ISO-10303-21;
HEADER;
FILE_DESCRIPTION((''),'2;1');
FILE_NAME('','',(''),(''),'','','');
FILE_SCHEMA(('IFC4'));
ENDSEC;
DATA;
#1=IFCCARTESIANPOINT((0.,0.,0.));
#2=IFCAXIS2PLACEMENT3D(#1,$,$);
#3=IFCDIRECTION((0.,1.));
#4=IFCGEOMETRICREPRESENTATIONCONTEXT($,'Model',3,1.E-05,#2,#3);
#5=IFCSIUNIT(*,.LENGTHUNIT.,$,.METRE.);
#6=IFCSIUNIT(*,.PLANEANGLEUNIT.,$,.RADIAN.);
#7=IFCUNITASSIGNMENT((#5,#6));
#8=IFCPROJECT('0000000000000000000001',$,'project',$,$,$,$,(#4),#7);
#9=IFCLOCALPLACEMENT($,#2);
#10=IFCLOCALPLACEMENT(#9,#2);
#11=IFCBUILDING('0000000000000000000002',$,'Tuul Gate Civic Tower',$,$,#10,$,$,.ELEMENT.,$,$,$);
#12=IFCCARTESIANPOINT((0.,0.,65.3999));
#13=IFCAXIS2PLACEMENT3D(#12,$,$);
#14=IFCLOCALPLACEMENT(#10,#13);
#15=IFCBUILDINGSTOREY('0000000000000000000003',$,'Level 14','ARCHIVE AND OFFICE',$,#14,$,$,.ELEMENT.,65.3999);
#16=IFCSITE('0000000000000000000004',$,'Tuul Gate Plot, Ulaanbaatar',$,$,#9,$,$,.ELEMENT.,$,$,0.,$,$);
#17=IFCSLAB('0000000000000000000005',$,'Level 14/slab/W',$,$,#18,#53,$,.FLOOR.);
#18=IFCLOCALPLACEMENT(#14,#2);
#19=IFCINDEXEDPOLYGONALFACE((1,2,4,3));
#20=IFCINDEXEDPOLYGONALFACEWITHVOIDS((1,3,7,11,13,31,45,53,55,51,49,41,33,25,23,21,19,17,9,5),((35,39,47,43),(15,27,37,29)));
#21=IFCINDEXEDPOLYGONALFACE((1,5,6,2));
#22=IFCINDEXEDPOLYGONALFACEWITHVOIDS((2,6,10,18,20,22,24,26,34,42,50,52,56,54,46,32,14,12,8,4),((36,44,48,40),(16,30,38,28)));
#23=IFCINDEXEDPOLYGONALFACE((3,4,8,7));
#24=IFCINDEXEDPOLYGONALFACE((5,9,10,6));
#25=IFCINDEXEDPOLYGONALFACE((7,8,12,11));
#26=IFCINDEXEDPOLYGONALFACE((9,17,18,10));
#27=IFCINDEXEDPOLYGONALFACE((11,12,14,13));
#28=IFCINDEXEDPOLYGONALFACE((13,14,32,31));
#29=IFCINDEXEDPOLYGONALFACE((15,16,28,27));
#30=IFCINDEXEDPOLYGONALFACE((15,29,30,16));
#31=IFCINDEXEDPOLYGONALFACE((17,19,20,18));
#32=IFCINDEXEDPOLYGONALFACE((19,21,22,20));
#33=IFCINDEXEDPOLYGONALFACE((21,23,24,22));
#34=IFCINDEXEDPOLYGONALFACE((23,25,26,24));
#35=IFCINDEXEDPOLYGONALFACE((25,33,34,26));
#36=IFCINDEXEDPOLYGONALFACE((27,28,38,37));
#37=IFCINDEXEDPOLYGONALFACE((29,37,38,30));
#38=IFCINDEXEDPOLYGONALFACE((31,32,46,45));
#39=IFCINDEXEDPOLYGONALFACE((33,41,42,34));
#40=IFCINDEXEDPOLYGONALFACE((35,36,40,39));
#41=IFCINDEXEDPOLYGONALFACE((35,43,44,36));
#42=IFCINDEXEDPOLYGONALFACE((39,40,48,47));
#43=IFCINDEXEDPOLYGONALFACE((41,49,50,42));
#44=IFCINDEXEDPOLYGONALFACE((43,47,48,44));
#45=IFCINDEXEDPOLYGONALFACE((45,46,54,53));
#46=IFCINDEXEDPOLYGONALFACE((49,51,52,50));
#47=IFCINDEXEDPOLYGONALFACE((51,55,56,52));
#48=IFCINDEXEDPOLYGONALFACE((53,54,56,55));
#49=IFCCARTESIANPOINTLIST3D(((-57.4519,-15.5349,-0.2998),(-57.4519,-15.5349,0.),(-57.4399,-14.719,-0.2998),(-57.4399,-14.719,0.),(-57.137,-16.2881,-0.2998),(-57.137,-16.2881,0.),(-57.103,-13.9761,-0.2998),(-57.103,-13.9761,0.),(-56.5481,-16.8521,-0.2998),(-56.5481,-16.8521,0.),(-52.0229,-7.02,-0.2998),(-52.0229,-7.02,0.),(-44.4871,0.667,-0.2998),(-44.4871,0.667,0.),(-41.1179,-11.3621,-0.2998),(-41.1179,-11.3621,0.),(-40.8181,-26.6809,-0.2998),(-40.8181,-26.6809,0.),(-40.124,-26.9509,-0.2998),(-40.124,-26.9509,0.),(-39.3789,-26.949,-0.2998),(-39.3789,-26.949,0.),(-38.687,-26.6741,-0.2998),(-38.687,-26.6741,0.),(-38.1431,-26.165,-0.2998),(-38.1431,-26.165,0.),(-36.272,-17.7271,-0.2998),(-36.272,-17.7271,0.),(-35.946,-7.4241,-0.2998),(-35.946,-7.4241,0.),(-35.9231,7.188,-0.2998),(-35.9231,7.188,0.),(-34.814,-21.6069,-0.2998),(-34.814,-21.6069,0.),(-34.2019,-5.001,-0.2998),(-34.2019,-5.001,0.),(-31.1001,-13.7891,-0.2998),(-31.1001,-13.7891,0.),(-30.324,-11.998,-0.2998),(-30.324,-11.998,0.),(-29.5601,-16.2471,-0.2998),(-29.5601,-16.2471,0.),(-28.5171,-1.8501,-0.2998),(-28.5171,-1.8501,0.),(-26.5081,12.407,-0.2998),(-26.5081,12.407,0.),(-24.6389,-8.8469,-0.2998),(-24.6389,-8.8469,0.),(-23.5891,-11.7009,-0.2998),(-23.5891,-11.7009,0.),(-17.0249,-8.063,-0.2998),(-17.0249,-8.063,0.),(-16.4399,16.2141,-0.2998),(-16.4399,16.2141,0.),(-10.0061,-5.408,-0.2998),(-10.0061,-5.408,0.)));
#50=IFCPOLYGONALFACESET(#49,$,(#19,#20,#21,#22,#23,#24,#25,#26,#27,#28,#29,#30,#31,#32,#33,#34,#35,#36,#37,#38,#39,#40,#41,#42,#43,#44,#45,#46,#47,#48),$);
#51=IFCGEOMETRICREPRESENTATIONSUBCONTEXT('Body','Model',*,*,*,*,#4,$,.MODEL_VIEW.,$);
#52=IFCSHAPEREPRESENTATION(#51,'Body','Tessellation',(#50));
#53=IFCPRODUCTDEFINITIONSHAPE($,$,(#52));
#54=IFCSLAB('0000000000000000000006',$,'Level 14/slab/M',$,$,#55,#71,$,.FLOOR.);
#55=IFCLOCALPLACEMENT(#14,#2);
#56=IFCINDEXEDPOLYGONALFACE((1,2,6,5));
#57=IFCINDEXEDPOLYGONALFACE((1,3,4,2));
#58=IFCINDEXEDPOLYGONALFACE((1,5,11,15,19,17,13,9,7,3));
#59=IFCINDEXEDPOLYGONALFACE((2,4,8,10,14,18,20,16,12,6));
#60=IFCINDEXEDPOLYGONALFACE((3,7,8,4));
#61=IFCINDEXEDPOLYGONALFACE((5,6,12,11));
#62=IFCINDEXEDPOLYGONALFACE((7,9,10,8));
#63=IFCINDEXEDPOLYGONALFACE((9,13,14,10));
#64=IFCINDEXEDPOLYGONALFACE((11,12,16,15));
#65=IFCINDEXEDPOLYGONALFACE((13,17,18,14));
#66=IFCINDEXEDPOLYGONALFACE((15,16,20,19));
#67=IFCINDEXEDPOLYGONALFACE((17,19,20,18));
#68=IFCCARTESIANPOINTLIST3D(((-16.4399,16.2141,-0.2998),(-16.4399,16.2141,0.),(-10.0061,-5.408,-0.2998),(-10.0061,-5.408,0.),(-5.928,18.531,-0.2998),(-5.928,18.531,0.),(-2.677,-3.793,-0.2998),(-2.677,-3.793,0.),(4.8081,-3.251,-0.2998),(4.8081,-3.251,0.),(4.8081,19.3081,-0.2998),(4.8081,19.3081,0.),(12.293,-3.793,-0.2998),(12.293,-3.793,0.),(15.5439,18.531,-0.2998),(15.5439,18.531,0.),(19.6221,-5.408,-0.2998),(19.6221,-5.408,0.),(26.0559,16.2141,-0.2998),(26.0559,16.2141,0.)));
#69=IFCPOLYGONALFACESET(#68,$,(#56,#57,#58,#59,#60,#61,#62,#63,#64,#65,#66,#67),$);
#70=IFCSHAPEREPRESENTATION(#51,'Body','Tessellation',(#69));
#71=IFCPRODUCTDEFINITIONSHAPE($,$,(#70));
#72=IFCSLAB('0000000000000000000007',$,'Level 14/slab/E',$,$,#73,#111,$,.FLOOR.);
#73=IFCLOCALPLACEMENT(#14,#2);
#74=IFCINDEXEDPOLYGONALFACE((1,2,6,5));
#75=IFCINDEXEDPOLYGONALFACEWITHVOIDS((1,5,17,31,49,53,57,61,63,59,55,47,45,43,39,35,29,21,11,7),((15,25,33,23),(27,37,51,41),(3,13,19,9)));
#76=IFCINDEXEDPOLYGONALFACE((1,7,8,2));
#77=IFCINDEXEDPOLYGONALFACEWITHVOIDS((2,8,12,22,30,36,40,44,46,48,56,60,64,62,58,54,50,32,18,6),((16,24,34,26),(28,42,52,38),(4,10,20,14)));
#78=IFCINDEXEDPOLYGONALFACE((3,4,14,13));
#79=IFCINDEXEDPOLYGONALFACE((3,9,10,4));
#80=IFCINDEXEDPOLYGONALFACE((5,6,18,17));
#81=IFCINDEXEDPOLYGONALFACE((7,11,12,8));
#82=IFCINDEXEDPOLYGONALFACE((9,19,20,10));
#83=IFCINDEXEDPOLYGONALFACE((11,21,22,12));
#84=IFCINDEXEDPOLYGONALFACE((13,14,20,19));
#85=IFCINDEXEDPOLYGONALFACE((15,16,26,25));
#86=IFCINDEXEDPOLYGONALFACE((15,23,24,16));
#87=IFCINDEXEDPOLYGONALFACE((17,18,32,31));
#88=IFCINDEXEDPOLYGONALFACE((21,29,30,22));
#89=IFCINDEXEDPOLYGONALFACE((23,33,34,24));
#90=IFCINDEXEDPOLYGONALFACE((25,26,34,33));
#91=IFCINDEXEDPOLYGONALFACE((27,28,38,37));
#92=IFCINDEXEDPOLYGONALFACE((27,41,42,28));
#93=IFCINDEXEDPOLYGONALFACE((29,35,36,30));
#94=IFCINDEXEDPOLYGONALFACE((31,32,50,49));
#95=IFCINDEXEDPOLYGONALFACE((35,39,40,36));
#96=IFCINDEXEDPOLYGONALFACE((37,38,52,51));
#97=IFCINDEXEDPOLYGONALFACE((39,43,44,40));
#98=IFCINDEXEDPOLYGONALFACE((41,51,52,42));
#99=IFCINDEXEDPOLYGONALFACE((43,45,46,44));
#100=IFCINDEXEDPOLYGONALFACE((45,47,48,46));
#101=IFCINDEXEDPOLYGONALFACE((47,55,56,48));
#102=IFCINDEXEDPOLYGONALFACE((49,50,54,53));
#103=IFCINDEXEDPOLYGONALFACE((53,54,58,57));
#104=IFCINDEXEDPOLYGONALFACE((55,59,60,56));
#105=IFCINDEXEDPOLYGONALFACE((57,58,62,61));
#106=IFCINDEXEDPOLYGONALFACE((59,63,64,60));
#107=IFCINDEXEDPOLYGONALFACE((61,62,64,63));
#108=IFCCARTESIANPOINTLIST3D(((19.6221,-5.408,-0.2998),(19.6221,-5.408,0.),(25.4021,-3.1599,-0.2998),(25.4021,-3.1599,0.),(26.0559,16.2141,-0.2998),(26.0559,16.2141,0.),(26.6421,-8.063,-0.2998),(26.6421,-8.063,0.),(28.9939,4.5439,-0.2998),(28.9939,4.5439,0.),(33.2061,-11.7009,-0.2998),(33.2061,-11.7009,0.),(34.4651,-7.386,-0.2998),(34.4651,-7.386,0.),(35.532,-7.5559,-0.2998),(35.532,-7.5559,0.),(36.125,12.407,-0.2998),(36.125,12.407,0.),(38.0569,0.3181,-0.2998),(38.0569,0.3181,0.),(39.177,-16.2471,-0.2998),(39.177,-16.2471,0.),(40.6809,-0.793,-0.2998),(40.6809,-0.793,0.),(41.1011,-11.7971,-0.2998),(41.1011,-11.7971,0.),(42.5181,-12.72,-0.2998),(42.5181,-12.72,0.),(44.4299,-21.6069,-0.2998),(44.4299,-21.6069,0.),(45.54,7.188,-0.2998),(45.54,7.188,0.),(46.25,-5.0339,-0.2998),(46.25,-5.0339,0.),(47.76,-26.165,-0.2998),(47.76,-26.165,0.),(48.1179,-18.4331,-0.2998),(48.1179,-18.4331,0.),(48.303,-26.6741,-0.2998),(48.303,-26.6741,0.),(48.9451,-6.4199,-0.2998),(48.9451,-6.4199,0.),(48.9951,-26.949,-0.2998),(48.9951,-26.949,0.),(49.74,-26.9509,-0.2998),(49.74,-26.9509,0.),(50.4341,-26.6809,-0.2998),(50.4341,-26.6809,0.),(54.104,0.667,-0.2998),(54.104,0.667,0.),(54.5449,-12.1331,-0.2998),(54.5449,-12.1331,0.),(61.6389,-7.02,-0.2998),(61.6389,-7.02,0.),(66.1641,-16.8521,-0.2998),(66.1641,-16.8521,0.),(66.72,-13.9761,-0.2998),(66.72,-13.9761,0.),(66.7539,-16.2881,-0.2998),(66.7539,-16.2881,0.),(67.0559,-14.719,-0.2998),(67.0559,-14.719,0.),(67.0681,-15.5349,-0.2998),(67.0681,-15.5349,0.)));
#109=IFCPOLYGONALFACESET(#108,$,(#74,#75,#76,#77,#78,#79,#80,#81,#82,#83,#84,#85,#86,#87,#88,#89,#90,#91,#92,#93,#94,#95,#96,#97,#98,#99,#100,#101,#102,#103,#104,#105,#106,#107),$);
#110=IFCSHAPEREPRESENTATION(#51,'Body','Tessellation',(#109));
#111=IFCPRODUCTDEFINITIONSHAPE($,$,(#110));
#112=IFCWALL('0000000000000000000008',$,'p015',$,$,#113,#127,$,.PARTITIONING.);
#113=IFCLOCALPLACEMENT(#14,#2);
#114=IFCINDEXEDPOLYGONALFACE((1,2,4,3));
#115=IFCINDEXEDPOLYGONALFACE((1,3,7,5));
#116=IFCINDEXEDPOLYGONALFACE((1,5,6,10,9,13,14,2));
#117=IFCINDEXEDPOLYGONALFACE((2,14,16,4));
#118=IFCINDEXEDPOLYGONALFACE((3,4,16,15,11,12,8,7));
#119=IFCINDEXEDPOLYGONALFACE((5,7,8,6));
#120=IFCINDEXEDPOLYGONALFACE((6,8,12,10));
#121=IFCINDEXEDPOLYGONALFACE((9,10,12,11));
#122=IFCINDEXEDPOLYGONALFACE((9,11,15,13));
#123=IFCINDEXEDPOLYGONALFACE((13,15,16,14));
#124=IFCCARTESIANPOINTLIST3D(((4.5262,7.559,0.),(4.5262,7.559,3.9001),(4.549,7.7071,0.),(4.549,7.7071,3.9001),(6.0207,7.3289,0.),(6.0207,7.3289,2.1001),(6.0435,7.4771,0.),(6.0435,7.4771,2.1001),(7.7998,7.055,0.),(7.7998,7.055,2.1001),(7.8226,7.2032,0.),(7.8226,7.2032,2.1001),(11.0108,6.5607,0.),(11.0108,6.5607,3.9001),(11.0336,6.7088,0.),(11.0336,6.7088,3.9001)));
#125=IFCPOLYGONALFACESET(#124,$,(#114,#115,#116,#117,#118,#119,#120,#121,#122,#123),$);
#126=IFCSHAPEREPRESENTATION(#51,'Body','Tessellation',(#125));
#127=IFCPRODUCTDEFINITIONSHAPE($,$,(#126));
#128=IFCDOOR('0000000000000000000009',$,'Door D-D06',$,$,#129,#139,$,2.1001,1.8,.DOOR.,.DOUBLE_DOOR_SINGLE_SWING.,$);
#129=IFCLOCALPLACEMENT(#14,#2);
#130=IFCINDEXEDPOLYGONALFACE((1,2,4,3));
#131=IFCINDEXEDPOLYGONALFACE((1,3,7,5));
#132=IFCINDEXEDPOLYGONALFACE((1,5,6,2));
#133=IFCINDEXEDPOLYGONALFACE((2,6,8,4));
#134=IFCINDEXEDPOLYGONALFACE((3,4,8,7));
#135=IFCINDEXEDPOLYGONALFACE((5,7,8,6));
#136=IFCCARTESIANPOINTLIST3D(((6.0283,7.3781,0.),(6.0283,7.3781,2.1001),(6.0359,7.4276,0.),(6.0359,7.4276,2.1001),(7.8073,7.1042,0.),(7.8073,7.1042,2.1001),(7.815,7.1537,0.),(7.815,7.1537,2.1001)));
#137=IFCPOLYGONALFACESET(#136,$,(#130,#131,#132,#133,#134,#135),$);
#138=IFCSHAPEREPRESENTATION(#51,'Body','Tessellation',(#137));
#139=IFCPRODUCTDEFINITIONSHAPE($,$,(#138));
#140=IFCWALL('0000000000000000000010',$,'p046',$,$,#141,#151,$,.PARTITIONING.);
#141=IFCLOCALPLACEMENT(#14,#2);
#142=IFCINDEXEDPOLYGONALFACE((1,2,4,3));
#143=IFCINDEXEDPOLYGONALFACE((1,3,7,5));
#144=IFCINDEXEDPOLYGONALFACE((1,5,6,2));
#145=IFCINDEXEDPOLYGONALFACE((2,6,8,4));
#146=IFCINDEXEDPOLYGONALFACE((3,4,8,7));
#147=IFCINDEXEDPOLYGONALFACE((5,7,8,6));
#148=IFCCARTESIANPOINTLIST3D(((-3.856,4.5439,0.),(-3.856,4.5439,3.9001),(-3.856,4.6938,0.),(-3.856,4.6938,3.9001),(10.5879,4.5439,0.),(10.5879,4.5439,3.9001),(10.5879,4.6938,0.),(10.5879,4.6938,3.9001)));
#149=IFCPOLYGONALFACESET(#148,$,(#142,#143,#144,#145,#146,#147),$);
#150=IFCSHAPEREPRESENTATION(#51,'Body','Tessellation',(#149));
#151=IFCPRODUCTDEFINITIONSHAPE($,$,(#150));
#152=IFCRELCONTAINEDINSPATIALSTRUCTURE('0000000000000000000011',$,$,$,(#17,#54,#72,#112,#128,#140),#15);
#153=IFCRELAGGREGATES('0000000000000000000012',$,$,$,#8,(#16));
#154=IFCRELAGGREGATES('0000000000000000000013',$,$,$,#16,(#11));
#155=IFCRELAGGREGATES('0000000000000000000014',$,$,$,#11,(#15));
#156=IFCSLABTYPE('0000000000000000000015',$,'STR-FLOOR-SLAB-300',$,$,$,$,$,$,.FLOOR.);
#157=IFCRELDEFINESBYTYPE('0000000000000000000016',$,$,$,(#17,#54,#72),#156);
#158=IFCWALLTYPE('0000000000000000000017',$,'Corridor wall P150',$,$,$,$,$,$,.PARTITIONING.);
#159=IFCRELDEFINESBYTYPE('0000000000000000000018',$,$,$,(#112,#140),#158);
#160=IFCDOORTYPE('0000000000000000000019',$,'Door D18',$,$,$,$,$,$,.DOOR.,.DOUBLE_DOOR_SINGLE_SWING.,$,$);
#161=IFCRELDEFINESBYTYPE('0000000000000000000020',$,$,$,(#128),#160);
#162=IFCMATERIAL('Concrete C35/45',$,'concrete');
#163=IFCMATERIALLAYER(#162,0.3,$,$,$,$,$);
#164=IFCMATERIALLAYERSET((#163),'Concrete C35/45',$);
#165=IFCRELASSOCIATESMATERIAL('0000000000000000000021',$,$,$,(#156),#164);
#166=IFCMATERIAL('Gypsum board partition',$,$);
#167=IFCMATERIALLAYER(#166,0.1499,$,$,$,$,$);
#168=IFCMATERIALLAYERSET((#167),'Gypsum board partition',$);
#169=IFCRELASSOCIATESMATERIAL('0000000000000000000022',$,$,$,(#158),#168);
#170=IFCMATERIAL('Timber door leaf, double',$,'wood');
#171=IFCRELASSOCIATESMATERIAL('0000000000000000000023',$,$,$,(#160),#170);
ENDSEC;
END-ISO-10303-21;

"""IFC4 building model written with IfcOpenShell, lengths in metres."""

from ifc_helpers import new_model, si_unit, direction, frame, frame_2d, origin, place, context, subcontext, project, spatial, polyline, rectangle, outline, extrude, material, layer, layer_set, type_object, element, fill, save


model = new_model("IFC4")

# Units and contexts
model_context = context("Model", 3, precision=1e-05, world=origin(), true_north=direction((0.0, 1.0)))
body_context = subcontext(model_context, "Body", "Model", "MODEL_VIEW")
ifc_project = project(units=[si_unit("LENGTHUNIT", "METRE"), si_unit("PLANEANGLEUNIT", "RADIAN")], contexts=[model_context])

# Site, building, storey
site_placement = place(None, origin())
site = spatial("IfcSite", under=ifc_project, at=site_placement, Name="Tuul Gate Plot, Ulaanbaatar", CompositionType="ELEMENT", RefElevation=0.0)
building_placement = place(site_placement, origin())
building = spatial("IfcBuilding", under=site, at=building_placement, Name="Tuul Gate Civic Tower", CompositionType="ELEMENT")
storey_placement = place(building_placement, frame((0.0, 0.0, 65.3999)))
storey = spatial("IfcBuildingStorey", under=building, at=storey_placement, Name="Level 14", Description="ARCHIVE AND OFFICE", CompositionType="ELEMENT", Elevation=65.3999)

# Slabs
ifc_material_1 = material(Name="Concrete C35/45", Category="concrete")
ifc_layer_1 = layer(ifc_material_1, 0.3)
ifc_layer_set_1 = layer_set([ifc_layer_1], Name="Concrete C35/45")
slab_type_1 = type_object("IfcSlabType", Name="STR-FLOOR-SLAB-300", PredefinedType="FLOOR", material=ifc_layer_set_1)
slab_1_placement = place(storey_placement, frame((0.0, 0.0, -0.2998)))
element("IfcSlab", 1, at=slab_1_placement, inside=storey, type_object=slab_type_1, Name="Level 14/slab/W", PredefinedType="FLOOR", context=body_context, shape_type="SweptSolid", body=[
    extrude(outline(polyline([(-10.0061, -5.408), (-16.4399, 16.2141), (-26.5081, 12.407), (-35.9231, 7.188), (-44.4871, 0.667), (-52.0229, -7.02), (-57.103, -13.9761), (-57.4399, -14.719), (-57.4519, -15.5349), (-57.137, -16.2881), (-56.5481, -16.8521), (-40.8181, -26.6809), (-40.124, -26.9509), (-39.3789, -26.949), (-38.687, -26.6741), (-38.1431, -26.165), (-34.814, -21.6069), (-29.5601, -16.2471), (-23.5891, -11.7009), (-17.0249, -8.063), (-10.0061, -5.408)]), holes=[polyline([(-31.1001, -13.7891), (-36.272, -17.7271), (-41.1179, -11.3621), (-35.946, -7.4241), (-31.1001, -13.7891)]), polyline([(-24.6389, -8.8469), (-30.324, -11.998), (-34.2019, -5.001), (-28.5171, -1.8501), (-24.6389, -8.8469)])]), origin(), (0.0, 0.0, 1.0), 0.2998),
])
slab_2_placement = place(storey_placement, frame((0.0, 0.0, -0.2998)))
element("IfcSlab", 2, at=slab_2_placement, inside=storey, type_object=slab_type_1, Name="Level 14/slab/M", PredefinedType="FLOOR", context=body_context, shape_type="SweptSolid", body=[
    extrude(outline(polyline([(19.6221, -5.408), (26.0559, 16.2141), (15.5439, 18.531), (4.8081, 19.3081), (-5.928, 18.531), (-16.4399, 16.2141), (-10.0061, -5.408), (-2.677, -3.793), (4.8081, -3.251), (12.293, -3.793), (19.6221, -5.408)])), origin(), (0.0, 0.0, 1.0), 0.2998),
])
slab_3_placement = place(storey_placement, frame((0.0, 0.0, -0.2998)))
element("IfcSlab", 3, at=slab_3_placement, inside=storey, type_object=slab_type_1, Name="Level 14/slab/E", PredefinedType="FLOOR", context=body_context, shape_type="SweptSolid", body=[
    extrude(outline(polyline([(49.74, -26.9509), (50.4341, -26.6809), (66.1641, -16.8521), (66.7539, -16.2881), (67.0681, -15.5349), (67.0559, -14.719), (66.72, -13.9761), (61.6389, -7.02), (54.104, 0.667), (45.54, 7.188), (36.125, 12.407), (26.0559, 16.2141), (19.6221, -5.408), (26.6421, -8.063), (33.2061, -11.7009), (39.177, -16.2471), (44.4299, -21.6069), (47.76, -26.165), (48.303, -26.6741), (48.9951, -26.949), (49.74, -26.9509)]), holes=[polyline([(48.1179, -18.4331), (42.5181, -12.72), (48.9451, -6.4199), (54.5449, -12.1331), (48.1179, -18.4331)]), polyline([(35.532, -7.5559), (40.6809, -0.793), (46.25, -5.0339), (41.1011, -11.7971), (35.532, -7.5559)]), polyline([(25.4021, -3.1599), (28.9939, 4.5439), (38.0569, 0.3181), (34.4651, -7.386), (25.4021, -3.1599)])]), origin(), (0.0, 0.0, 1.0), 0.2998),
])

# Wall, opening, door
ifc_material_2 = material(Name="Gypsum board partition")
ifc_layer_2 = layer(ifc_material_2, 0.1499)
ifc_layer_set_2 = layer_set([ifc_layer_2], Name="Gypsum board partition")
wall_type_1 = type_object("IfcWallType", Name="Corridor wall P150", PredefinedType="PARTITIONING", material=ifc_layer_set_2)
wall_1_placement = place(storey_placement, frame((4.5376, 7.6331, 0.0), z_axis=(0.0, 0.0, 1.0), x_axis=(0.988357, -0.152155, 0.0)))
wall_1 = element("IfcWall", 4, at=wall_1_placement, inside=storey, type_object=wall_type_1, Name="p015", PredefinedType="PARTITIONING", context=body_context, shape_type="SweptSolid", body=[
    extrude(rectangle(XDim=6.561, YDim=0.1499, at=frame_2d((3.2805, 0.0))), origin(), (0.0, 0.0, 1.0), 3.9001),
])
opening_1_placement = place(wall_1_placement, frame((1.5122, 0.0, 0.0)))
opening_1 = element("IfcOpeningElement", 5, at=opening_1_placement, cuts=wall_1, PredefinedType="OPENING", context=body_context, shape_type="SweptSolid", body=[
    extrude(rectangle(XDim=1.8, YDim=2.1001, at=frame_2d((0.8999, 1.05))), frame((0.0, 0.085, 0.0), z_axis=(0.0, -1.0, 0.0), x_axis=(1.0, 0.0, 0.0)), (0.0, 0.0, 1.0), 0.1699),
])
ifc_material_3 = material(Name="Timber door leaf, double", Category="wood")
door_type = type_object("IfcDoorType", Name="Door D18", OperationType="DOUBLE_DOOR_SINGLE_SWING", PredefinedType="DOOR", material=ifc_material_3)
door_placement = place(opening_1_placement, origin())
door = element("IfcDoor", 6, at=door_placement, inside=storey, type_object=door_type, Name="Door D-D06", OperationType="DOUBLE_DOOR_SINGLE_SWING", OverallHeight=2.1001, OverallWidth=1.8, PredefinedType="DOOR", context=body_context, shape_type="SweptSolid", body=[
    extrude(rectangle(XDim=1.8, YDim=2.1001, at=frame_2d((0.8999, 1.05))), frame((0.0, 0.0249, 0.0), z_axis=(0.0, -1.0, 0.0), x_axis=(1.0, 0.0, 0.0)), (0.0, 0.0, 1.0), 0.05),
])
fill(opening_1, door)

# Wall
wall_2_placement = place(storey_placement, frame((-3.856, 4.6189, 0.0), z_axis=(0.0, 0.0, 1.0), x_axis=(1.0, 0.0, 0.0)))
element("IfcWall", 7, at=wall_2_placement, inside=storey, type_object=wall_type_1, Name="p046", PredefinedType="PARTITIONING", context=body_context, shape_type="SweptSolid", body=[
    extrude(rectangle(XDim=14.4438, YDim=0.1499, at=frame_2d((7.2219, 0.0))), origin(), (0.0, 0.0, 1.0), 3.9001),
])

save(model, "model.ifc")
